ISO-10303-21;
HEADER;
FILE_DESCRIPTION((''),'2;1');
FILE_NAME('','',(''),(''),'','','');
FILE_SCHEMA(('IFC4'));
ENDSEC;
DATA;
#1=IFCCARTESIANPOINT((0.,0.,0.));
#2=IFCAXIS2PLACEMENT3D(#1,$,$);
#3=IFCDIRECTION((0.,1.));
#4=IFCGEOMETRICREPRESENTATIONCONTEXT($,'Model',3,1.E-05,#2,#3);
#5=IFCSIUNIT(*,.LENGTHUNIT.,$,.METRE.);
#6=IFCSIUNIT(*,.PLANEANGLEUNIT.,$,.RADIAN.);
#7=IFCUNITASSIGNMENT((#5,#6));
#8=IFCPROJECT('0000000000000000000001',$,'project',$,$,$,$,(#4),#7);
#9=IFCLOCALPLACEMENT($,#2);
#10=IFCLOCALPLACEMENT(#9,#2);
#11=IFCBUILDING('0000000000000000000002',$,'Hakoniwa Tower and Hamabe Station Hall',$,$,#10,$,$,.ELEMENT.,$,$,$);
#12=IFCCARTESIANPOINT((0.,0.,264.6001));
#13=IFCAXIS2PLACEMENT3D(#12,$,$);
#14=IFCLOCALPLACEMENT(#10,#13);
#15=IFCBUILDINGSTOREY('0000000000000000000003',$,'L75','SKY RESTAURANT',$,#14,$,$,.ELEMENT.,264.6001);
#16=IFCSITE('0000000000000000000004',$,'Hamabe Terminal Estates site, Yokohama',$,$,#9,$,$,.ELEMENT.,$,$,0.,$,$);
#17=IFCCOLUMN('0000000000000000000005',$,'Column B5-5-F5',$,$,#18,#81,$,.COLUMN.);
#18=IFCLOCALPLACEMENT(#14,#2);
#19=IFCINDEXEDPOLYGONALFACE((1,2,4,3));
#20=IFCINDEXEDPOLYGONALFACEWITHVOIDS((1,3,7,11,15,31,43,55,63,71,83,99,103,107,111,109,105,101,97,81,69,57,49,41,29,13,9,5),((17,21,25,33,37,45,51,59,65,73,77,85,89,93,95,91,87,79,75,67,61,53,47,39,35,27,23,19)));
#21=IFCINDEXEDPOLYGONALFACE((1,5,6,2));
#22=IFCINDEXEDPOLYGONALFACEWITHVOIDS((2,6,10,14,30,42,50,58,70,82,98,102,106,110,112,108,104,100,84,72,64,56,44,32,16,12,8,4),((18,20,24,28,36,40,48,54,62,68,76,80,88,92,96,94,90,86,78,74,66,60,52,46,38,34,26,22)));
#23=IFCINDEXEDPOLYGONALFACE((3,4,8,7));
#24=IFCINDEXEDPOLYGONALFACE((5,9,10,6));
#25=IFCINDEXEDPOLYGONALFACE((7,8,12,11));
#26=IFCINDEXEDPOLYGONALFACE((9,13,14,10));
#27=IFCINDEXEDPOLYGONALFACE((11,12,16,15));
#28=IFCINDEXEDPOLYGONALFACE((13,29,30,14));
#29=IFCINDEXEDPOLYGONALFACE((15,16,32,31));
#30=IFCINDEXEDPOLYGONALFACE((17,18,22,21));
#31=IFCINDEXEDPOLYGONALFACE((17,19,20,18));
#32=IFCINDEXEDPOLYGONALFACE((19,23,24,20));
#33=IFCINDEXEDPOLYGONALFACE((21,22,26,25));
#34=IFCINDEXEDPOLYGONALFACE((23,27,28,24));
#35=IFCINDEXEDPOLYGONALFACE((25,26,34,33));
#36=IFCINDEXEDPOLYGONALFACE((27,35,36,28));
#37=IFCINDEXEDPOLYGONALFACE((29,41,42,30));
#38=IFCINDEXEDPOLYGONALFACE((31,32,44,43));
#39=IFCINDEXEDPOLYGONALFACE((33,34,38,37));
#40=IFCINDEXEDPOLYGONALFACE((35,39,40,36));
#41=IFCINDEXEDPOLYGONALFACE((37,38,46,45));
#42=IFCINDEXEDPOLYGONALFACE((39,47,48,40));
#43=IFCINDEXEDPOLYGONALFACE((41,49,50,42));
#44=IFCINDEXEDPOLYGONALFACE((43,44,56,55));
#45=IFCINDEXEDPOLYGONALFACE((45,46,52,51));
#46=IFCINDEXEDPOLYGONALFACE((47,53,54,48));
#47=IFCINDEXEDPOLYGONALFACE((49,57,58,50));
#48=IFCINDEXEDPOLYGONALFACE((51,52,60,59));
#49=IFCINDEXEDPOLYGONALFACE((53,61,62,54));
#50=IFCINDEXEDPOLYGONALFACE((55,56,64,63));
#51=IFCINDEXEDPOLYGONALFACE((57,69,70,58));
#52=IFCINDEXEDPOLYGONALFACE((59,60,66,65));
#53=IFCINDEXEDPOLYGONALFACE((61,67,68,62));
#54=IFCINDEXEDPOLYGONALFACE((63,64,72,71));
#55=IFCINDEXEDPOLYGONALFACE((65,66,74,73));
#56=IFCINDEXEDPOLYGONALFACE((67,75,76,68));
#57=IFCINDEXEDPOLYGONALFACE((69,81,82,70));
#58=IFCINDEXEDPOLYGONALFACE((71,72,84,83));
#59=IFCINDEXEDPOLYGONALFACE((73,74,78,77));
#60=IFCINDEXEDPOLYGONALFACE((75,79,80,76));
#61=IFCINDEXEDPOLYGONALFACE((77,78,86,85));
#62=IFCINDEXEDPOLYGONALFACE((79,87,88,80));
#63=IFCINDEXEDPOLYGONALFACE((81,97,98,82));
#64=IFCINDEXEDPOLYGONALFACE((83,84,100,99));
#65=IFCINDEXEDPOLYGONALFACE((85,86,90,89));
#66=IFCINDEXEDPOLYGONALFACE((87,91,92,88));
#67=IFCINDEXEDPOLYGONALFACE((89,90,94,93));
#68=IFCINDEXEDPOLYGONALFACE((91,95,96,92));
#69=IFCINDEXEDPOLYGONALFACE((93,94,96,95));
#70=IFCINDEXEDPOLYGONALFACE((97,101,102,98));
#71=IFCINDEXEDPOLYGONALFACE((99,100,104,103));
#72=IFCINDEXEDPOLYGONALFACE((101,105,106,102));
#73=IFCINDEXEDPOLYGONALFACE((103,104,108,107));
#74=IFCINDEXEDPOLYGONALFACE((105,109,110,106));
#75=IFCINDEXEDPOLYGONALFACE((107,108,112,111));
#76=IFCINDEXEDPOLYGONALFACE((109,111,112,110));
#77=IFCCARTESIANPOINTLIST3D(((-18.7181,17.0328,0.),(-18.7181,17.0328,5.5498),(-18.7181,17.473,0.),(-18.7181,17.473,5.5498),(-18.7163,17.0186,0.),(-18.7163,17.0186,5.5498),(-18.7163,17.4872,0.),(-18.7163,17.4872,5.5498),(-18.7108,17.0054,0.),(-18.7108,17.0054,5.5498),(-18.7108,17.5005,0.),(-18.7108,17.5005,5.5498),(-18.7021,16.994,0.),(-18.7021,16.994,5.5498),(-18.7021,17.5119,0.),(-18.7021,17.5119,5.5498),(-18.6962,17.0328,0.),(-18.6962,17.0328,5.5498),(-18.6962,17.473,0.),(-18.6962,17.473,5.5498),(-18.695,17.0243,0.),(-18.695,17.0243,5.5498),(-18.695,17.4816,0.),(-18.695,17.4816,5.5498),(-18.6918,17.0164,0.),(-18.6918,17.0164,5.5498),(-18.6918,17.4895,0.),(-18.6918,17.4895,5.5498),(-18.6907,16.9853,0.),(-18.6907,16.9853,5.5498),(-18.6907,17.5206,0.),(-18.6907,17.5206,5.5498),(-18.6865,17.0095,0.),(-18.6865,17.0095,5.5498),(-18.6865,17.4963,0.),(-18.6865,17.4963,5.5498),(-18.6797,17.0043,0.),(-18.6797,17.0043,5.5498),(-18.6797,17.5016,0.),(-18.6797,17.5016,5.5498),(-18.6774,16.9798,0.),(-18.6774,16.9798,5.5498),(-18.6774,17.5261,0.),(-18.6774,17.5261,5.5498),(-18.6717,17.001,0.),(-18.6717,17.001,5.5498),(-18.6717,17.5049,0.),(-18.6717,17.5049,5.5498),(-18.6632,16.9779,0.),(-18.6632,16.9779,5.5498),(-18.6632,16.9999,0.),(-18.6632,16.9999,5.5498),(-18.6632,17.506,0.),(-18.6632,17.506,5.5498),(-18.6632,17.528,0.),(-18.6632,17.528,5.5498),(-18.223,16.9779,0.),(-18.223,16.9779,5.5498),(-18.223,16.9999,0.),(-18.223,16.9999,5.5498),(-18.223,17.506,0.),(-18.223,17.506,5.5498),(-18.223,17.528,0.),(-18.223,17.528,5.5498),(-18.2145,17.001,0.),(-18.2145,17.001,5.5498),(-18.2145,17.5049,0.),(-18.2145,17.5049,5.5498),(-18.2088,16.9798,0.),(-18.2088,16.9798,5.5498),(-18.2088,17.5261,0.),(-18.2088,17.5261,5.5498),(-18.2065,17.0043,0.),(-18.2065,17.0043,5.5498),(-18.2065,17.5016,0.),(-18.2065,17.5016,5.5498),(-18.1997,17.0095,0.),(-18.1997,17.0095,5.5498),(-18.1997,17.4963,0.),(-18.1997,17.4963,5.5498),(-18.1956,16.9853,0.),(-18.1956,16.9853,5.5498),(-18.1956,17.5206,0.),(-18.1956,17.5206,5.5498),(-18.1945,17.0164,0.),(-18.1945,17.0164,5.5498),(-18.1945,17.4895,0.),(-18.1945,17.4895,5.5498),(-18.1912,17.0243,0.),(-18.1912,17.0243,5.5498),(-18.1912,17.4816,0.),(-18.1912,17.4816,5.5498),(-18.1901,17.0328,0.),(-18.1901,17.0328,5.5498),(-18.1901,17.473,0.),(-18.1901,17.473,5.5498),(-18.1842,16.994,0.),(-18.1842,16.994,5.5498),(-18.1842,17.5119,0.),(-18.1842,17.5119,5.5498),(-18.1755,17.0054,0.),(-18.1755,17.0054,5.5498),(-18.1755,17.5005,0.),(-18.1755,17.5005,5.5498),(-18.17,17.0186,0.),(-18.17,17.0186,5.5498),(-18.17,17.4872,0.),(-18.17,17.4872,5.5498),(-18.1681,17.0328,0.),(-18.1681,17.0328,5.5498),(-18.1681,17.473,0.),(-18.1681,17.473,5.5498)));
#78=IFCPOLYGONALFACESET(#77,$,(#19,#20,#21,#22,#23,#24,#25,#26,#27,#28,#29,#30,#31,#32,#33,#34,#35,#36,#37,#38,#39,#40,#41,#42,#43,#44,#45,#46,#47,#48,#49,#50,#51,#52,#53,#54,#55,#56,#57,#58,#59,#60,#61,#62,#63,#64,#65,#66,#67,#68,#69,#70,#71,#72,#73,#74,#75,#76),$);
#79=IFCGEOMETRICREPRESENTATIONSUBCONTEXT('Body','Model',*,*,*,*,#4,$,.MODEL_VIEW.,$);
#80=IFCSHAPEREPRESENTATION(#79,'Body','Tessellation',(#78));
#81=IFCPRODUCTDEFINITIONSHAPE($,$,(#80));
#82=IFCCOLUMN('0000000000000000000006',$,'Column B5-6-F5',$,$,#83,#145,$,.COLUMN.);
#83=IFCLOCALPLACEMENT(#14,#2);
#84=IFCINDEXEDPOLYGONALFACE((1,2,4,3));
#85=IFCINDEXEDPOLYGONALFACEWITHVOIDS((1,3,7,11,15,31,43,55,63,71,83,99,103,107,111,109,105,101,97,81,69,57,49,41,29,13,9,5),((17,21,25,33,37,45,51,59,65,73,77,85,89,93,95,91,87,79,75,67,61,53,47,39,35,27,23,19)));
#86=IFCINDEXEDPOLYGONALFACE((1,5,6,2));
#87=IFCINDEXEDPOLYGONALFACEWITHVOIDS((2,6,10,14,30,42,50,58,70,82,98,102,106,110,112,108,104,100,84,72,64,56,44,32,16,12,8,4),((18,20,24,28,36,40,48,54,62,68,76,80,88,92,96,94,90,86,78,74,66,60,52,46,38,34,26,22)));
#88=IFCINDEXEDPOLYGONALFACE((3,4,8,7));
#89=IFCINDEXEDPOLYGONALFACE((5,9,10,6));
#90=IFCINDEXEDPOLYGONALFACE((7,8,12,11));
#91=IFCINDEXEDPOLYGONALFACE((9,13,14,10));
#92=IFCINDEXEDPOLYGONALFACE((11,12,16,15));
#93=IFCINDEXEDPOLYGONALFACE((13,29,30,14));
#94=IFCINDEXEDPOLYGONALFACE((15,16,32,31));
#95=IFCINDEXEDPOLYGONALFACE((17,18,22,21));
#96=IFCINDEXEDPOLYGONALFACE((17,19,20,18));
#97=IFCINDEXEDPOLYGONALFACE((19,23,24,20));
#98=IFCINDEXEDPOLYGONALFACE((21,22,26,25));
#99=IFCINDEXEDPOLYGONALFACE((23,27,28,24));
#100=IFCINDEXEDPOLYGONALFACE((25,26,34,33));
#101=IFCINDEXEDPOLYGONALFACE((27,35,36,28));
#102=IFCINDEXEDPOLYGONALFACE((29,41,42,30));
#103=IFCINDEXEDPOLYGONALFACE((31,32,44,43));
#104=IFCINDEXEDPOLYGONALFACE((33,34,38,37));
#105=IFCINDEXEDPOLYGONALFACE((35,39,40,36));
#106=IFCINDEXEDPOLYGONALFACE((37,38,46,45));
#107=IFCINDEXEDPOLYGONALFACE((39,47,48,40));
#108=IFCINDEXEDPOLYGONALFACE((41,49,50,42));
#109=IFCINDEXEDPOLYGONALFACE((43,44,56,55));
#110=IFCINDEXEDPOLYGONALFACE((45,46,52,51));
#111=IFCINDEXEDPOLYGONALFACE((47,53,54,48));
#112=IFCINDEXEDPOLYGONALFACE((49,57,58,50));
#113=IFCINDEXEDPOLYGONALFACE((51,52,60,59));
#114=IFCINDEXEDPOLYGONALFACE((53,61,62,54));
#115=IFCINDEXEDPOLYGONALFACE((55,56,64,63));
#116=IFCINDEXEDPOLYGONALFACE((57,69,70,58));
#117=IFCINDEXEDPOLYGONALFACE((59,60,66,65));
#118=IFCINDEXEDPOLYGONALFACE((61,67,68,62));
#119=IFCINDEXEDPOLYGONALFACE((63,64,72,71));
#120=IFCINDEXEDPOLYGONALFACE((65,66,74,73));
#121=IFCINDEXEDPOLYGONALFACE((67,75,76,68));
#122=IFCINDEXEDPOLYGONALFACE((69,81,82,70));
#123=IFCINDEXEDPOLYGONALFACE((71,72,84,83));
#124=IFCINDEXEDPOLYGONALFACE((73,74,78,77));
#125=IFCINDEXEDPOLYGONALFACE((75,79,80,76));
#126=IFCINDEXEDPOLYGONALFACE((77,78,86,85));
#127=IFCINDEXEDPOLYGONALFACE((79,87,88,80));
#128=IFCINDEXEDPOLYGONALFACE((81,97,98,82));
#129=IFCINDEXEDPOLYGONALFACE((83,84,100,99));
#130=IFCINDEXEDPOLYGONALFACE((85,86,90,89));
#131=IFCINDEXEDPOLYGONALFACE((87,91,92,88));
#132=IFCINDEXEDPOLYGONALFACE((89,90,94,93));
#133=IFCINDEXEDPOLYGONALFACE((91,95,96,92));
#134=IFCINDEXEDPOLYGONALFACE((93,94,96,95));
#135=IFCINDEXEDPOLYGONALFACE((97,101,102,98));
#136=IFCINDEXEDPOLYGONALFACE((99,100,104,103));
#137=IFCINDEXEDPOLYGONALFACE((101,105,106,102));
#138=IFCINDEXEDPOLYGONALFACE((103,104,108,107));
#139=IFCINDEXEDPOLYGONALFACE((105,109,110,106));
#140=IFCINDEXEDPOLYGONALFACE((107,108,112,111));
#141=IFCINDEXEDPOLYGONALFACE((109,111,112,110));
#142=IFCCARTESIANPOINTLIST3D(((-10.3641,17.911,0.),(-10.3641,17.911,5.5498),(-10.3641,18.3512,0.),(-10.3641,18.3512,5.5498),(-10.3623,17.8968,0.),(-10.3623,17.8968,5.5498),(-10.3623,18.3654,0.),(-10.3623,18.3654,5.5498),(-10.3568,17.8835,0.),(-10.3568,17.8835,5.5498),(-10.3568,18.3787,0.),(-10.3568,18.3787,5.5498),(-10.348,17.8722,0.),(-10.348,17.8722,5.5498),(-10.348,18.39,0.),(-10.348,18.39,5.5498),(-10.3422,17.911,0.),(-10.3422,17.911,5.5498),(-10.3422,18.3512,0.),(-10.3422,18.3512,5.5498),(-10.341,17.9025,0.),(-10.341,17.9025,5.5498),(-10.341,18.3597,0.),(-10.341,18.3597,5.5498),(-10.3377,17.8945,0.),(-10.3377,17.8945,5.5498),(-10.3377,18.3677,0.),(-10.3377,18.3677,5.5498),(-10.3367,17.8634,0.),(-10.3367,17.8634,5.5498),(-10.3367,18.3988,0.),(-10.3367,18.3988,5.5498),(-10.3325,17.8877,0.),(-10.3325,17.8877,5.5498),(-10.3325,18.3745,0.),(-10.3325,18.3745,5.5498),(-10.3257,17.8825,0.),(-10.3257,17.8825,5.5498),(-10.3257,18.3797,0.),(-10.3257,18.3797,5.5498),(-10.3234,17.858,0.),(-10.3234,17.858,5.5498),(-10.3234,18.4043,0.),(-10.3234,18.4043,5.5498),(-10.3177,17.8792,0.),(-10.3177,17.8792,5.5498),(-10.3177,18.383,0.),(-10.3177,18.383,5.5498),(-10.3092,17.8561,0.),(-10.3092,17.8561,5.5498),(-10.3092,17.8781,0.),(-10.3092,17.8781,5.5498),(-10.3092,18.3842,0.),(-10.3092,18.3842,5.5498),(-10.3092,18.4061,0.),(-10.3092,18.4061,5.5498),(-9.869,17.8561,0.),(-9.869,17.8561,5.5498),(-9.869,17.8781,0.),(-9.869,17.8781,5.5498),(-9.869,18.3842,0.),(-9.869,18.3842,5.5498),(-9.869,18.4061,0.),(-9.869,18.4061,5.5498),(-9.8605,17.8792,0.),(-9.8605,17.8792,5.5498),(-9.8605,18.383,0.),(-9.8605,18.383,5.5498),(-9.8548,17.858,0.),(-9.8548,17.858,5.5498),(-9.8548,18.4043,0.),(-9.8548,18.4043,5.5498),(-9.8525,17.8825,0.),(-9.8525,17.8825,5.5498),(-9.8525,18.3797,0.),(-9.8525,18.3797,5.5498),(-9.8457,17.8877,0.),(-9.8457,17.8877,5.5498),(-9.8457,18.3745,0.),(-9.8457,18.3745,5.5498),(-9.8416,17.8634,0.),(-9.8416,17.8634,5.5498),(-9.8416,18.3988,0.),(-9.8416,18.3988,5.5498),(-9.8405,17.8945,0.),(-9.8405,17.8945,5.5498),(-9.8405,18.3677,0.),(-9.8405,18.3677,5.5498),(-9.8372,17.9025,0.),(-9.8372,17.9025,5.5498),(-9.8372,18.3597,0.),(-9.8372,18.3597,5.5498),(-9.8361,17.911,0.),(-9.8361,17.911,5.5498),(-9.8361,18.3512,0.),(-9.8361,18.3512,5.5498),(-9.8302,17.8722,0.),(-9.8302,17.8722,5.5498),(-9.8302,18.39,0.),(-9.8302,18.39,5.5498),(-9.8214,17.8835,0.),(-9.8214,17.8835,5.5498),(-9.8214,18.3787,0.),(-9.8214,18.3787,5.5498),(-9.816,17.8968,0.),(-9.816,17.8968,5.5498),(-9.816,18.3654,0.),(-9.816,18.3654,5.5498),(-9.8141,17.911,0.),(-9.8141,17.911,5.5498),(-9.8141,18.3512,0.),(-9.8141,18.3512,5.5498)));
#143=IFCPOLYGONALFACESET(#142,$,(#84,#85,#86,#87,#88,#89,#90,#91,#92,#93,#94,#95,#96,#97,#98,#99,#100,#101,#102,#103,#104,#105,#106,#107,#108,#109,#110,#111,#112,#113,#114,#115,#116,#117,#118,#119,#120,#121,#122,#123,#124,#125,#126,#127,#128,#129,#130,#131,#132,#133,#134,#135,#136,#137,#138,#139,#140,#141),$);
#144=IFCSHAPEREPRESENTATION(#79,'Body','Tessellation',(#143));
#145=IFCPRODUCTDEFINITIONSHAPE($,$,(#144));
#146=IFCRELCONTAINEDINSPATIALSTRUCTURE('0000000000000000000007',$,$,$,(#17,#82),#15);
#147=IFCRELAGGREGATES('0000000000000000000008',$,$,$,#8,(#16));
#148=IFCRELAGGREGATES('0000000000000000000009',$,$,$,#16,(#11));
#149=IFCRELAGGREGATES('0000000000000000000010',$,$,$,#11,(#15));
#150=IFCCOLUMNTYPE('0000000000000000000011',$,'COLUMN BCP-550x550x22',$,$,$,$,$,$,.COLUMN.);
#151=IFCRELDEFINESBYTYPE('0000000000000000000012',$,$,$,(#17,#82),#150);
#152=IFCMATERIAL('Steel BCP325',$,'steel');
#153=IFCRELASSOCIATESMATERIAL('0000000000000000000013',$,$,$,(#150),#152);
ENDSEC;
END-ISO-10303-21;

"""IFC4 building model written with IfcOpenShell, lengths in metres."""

from ifc_helpers import new_model, si_unit, direction, frame, origin, origin_2d, place, context, subcontext, project, spatial, hollow_rectangle, extrude, material, material_profile, profile_set, type_object, element, save


model = new_model("IFC4")

# Units and contexts
model_context = context("Model", 3, precision=1e-05, world=origin(), true_north=direction((0.0, 1.0)))
body_context = subcontext(model_context, "Body", "Model", "MODEL_VIEW")
ifc_project = project(units=[si_unit("LENGTHUNIT", "METRE"), si_unit("PLANEANGLEUNIT", "RADIAN")], contexts=[model_context])

# Site, building, storey
site_placement = place(None, origin())
site = spatial("IfcSite", under=ifc_project, at=site_placement, Name="Hamabe Terminal Estates site, Yokohama", CompositionType="ELEMENT", RefElevation=0.0)
building_placement = place(site_placement, origin())
building = spatial("IfcBuilding", under=site, at=building_placement, Name="Hakoniwa Tower and Hamabe Station Hall", CompositionType="ELEMENT")
storey_placement = place(building_placement, frame((0.0, 0.0, 264.6001)))
storey = spatial("IfcBuildingStorey", under=building, at=storey_placement, Name="L75", Description="SKY RESTAURANT", CompositionType="ELEMENT", Elevation=264.6001)

# Columns
ifc_material_1 = material(Name="Steel BCP325", Category="steel")
ifc_material_profile_1 = material_profile(ifc_material_1, hollow_rectangle(XDim=0.55, YDim=0.55, WallThickness=0.022, InnerFilletRadius=0.033, OuterFilletRadius=0.0549, at=origin_2d()), Name="BCP-550x550x22")
ifc_profile_set_1 = profile_set([ifc_material_profile_1], Name="Steel BCP325")
column_type_1 = type_object("IfcColumnType", Name="COLUMN BCP-550x550x22", PredefinedType="COLUMN", material=ifc_profile_set_1)
for number, where, z_axis, x_axis, name in (
    (1, (-18.4431, 17.2529, 0.0), (0.0, 0.0, 1.0), (1.0, 0.0, 0.0), "Column B5-5-F5"),
    (2, (-10.0891, 18.1311, 0.0), (0.0, 0.0, 1.0), (1.0, 0.0, 0.0), "Column B5-6-F5"),
):
    element("IfcColumn", number, at=place(storey_placement, frame(where, z_axis=z_axis, x_axis=x_axis)), inside=storey, type_object=column_type_1, Name=name, PredefinedType="COLUMN", context=body_context, shape_type="SweptSolid", body=[
        extrude(hollow_rectangle(XDim=0.55, YDim=0.55, WallThickness=0.022, InnerFilletRadius=0.033, OuterFilletRadius=0.0549, at=origin_2d()), origin(), (0.0, 0.0, 1.0), 5.5498),
    ])

save(model, "model.ifc")
